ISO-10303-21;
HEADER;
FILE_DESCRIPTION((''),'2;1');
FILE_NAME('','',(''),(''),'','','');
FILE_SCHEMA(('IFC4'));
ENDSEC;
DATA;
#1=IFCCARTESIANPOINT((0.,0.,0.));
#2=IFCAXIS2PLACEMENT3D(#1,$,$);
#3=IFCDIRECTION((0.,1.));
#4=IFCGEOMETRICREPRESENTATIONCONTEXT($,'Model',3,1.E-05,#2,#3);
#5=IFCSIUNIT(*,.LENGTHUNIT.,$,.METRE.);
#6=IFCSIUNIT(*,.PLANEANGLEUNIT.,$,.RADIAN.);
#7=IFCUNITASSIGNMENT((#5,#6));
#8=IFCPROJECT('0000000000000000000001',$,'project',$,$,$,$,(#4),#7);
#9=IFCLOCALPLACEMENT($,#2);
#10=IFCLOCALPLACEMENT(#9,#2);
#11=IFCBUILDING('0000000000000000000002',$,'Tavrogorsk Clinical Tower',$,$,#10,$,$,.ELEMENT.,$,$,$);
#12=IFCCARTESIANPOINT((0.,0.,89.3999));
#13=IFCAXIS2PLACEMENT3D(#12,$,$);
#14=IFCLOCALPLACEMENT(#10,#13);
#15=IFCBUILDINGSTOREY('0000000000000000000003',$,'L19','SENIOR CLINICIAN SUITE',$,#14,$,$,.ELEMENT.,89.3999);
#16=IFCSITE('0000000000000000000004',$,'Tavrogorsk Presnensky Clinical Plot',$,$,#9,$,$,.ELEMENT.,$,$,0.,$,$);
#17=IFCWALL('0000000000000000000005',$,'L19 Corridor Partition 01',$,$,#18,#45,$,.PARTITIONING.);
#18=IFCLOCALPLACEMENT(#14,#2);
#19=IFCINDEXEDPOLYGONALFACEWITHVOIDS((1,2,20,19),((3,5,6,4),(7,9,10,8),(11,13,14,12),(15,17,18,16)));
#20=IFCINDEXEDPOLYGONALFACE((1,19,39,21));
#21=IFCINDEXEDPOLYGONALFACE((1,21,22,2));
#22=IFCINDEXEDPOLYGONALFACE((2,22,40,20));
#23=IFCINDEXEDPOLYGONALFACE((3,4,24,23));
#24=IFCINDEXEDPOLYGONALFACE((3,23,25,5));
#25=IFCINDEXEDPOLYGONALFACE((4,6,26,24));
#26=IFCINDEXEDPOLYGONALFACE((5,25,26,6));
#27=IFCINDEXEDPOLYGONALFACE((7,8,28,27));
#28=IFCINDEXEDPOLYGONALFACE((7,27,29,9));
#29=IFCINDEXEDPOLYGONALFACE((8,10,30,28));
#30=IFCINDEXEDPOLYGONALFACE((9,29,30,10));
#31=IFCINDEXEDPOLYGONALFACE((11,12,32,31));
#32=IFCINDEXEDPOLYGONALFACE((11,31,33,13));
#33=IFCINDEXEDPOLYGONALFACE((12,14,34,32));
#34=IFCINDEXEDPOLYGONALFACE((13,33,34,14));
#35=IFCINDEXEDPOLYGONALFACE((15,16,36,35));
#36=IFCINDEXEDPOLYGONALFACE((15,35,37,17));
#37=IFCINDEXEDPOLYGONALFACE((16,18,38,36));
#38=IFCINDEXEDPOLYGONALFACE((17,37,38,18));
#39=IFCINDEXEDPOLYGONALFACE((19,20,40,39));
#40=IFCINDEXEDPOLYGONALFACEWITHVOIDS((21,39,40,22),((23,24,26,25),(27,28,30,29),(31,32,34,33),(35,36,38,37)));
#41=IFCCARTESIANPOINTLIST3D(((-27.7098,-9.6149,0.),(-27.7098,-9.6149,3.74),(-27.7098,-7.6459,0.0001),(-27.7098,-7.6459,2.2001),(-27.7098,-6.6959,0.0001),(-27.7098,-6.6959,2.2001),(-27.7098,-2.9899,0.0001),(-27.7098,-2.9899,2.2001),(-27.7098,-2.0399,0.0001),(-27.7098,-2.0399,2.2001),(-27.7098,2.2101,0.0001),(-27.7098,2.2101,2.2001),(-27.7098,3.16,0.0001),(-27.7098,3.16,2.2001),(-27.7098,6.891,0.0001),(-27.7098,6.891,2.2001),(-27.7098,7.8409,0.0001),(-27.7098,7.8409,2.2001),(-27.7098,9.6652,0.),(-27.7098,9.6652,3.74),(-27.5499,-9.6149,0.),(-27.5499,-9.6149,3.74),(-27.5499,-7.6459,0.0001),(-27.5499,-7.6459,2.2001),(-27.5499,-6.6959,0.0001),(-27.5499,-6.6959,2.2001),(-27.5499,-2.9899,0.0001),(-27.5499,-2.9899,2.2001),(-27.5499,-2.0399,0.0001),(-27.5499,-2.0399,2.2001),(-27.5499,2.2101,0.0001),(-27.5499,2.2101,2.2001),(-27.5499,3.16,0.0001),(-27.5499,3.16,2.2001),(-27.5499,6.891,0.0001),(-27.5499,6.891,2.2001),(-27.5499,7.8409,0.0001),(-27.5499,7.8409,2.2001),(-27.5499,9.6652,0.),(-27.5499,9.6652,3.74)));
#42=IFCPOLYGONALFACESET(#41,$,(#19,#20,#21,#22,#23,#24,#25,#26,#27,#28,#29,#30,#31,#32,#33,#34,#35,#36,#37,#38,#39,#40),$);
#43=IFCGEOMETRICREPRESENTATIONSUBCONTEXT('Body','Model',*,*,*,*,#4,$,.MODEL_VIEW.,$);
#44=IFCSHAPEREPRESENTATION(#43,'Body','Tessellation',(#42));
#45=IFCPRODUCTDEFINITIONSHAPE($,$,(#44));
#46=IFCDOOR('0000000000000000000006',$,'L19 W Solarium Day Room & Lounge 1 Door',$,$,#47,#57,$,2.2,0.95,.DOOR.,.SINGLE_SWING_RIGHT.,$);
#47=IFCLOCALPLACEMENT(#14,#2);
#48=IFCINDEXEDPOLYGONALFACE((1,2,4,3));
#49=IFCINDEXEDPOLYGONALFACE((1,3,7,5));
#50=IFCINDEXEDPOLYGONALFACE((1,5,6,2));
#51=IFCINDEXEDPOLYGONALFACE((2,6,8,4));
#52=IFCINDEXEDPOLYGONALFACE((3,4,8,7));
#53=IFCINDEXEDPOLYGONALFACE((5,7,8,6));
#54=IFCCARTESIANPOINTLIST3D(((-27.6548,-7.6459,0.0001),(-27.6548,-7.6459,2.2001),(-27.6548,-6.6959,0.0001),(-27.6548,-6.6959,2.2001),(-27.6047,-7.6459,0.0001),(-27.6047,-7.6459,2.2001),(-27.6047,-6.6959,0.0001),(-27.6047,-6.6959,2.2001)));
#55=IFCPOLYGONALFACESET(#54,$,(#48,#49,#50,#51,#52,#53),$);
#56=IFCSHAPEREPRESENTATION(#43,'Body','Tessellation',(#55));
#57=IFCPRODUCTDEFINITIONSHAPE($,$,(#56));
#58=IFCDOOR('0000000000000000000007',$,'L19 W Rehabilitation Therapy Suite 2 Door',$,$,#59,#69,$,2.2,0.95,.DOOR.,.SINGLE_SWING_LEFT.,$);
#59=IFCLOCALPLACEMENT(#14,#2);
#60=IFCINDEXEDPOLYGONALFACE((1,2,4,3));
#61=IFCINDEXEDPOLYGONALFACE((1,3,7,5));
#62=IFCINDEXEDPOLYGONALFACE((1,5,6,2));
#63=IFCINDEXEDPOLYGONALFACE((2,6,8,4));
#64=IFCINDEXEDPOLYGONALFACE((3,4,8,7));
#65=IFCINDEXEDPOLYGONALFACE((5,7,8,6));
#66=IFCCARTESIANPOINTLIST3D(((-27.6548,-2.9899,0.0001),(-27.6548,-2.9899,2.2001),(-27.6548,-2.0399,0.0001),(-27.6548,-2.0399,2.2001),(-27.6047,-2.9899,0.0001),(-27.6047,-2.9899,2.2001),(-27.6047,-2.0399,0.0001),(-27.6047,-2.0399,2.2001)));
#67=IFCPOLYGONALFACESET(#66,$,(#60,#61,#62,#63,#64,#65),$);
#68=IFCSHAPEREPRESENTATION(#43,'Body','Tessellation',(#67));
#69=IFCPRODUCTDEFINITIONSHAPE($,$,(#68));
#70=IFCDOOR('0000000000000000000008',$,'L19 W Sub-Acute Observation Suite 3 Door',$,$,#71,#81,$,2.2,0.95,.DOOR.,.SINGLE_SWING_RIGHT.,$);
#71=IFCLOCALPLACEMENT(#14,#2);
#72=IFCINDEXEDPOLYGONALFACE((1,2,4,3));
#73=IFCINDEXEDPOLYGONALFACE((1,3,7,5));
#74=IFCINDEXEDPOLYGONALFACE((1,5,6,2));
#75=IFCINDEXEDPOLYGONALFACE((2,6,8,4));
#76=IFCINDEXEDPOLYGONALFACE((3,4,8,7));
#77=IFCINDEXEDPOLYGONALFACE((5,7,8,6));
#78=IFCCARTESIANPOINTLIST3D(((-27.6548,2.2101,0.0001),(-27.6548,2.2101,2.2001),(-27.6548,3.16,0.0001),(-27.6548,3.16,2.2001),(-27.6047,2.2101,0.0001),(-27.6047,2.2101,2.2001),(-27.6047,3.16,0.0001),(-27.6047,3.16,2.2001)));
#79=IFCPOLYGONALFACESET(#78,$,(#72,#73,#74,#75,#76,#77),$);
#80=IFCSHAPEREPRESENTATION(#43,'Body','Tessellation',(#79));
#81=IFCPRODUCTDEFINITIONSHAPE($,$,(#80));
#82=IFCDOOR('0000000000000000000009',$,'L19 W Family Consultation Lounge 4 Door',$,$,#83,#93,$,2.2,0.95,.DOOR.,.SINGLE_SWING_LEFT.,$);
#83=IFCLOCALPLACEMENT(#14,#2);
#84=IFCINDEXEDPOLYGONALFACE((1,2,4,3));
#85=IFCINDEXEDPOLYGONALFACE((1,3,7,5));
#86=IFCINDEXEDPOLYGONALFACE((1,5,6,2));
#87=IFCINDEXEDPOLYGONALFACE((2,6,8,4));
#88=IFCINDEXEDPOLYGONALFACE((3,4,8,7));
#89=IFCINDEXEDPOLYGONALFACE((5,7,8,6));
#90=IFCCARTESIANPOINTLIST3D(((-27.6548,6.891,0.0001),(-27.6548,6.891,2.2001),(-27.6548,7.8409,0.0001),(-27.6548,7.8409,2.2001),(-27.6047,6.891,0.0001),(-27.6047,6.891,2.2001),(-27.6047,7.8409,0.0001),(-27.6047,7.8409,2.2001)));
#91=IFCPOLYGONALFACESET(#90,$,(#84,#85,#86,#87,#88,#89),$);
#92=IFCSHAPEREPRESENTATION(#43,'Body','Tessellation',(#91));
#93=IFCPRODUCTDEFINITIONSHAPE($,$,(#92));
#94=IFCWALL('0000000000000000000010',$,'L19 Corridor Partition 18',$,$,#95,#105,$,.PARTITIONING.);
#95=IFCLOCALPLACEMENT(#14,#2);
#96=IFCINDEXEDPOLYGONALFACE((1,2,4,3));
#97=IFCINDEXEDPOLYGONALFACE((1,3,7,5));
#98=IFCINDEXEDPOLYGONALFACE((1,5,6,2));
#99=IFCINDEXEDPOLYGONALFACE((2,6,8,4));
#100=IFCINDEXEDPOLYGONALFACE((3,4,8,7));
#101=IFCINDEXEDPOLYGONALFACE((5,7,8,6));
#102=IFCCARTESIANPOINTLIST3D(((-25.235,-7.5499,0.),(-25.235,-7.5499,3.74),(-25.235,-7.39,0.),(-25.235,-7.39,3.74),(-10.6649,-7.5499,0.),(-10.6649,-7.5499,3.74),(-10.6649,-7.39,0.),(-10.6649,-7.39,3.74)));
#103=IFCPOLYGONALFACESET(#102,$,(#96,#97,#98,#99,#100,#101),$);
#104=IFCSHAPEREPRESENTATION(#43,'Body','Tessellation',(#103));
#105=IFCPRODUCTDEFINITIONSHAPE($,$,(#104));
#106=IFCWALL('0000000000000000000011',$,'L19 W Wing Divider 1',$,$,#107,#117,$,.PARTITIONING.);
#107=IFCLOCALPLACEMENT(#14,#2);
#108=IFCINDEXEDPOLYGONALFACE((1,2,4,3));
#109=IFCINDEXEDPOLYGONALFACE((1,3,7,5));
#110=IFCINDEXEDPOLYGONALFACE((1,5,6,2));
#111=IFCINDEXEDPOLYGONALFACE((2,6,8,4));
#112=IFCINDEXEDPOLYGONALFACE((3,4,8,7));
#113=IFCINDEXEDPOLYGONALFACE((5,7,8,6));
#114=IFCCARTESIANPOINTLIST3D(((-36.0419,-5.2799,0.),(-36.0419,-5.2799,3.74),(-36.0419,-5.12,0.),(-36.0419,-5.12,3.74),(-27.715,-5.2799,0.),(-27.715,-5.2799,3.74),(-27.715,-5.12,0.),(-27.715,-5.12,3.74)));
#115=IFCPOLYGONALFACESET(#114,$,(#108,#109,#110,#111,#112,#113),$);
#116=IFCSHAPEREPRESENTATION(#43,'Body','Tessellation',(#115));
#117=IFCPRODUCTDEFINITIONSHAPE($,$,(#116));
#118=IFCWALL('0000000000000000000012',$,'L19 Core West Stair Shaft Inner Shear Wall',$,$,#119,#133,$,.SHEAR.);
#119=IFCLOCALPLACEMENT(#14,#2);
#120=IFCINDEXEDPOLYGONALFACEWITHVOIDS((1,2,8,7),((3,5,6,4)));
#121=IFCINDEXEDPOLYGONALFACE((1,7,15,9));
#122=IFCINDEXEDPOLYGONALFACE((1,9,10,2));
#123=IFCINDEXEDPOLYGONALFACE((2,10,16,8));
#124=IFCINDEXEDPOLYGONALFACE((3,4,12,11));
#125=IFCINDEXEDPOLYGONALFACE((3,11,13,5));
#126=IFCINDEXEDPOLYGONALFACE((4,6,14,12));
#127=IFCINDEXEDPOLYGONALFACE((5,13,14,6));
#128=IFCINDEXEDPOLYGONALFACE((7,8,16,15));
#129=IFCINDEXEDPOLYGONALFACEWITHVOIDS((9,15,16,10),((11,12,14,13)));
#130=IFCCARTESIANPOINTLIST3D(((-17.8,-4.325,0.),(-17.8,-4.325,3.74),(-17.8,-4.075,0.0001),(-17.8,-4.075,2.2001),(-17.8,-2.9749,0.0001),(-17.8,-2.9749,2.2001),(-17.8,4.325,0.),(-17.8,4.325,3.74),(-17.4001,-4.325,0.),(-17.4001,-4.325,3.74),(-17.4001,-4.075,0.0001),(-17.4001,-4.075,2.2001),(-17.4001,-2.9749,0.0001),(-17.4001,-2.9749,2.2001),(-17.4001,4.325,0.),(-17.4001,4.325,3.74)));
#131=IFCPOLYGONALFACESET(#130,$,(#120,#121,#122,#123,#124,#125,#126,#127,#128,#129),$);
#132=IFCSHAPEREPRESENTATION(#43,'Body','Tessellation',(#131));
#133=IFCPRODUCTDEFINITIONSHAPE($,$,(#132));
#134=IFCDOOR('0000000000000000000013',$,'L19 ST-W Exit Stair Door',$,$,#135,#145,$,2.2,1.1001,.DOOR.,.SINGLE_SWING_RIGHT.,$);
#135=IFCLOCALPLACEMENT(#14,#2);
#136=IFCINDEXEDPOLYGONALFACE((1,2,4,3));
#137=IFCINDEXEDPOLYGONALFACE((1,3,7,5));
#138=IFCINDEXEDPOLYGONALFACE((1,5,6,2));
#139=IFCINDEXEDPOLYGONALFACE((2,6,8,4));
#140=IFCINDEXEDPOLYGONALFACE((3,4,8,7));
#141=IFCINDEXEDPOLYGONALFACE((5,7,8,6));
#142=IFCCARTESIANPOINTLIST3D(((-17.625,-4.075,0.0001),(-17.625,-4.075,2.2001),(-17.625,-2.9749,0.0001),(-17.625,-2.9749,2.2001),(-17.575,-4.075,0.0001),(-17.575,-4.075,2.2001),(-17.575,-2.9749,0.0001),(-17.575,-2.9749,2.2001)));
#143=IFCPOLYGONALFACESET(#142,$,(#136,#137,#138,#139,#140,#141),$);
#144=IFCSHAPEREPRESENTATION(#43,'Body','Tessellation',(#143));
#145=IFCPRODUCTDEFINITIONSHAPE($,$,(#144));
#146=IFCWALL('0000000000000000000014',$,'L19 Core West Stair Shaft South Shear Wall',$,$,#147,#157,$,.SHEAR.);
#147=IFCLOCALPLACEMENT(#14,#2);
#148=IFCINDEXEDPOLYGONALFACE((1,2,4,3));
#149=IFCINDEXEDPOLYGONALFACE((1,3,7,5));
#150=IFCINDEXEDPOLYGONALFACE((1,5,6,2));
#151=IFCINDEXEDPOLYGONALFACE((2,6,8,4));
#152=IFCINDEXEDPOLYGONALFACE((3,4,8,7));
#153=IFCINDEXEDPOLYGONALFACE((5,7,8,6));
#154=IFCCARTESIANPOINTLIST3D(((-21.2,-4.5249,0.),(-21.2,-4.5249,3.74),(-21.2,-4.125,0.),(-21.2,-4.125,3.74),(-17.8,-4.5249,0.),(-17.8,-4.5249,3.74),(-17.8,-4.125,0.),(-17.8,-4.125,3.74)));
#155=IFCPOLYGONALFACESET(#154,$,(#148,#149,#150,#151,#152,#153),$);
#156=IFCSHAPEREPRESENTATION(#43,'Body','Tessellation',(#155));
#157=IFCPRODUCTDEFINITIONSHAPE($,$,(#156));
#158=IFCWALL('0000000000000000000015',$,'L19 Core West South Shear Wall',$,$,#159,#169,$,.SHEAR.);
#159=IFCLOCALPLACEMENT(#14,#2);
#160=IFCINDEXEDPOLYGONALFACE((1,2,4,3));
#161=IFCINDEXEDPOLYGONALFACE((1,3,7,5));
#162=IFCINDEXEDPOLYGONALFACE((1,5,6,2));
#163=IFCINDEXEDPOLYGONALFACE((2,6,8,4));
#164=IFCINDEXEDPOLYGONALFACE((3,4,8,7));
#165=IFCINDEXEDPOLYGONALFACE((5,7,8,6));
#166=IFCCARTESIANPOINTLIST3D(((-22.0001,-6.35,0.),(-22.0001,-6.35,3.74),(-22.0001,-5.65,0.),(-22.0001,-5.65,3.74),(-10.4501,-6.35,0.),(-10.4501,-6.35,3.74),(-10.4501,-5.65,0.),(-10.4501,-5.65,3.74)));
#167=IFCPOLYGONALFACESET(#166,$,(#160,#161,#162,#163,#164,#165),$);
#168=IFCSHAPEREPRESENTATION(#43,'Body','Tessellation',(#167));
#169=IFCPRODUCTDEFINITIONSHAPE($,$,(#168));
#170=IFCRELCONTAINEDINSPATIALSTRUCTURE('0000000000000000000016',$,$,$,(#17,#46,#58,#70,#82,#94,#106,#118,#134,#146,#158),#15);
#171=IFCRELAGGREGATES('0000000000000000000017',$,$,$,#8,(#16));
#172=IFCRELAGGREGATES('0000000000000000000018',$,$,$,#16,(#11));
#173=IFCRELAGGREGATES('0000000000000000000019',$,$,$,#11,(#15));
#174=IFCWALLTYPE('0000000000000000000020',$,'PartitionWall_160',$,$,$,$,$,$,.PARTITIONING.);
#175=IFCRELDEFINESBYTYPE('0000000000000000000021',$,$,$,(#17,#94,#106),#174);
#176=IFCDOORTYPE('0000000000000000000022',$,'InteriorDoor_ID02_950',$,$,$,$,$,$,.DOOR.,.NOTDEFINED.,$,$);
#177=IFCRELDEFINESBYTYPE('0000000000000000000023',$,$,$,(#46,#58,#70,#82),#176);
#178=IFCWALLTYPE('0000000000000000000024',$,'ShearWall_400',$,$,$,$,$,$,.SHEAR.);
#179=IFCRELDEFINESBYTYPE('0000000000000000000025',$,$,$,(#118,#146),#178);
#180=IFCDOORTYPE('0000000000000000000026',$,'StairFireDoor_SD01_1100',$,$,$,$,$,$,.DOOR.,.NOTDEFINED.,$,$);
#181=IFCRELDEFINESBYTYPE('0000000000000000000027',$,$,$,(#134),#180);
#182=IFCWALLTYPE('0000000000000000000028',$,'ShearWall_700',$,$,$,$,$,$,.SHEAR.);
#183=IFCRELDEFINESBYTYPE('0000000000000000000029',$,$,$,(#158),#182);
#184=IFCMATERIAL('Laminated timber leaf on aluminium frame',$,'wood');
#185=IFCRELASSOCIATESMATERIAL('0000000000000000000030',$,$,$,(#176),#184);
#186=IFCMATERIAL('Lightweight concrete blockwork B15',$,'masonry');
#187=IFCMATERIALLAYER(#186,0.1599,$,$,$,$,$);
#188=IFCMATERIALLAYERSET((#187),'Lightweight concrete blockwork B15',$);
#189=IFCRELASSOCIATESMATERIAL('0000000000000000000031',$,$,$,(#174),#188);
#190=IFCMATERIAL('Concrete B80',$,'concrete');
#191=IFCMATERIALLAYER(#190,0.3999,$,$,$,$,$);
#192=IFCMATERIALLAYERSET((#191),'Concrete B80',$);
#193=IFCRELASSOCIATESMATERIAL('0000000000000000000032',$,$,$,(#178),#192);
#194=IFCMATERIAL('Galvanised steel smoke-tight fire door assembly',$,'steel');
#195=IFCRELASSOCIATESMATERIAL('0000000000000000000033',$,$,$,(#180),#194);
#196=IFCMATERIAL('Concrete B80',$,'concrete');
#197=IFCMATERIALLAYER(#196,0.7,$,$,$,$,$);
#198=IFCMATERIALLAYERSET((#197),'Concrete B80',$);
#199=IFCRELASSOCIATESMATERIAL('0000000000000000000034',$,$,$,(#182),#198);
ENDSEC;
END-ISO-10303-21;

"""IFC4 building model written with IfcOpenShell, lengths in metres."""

from ifc_helpers import new_model, si_unit, direction, frame, frame_2d, origin, place, context, subcontext, project, spatial, rectangle, extrude, material, layer, layer_set, type_object, element, fill, save


model = new_model("IFC4")

# Units and contexts
model_context = context("Model", 3, precision=1e-05, world=origin(), true_north=direction((0.0, 1.0)))
body_context = subcontext(model_context, "Body", "Model", "MODEL_VIEW")
ifc_project = project(units=[si_unit("LENGTHUNIT", "METRE"), si_unit("PLANEANGLEUNIT", "RADIAN")], contexts=[model_context])

# Site, building, storey
site_placement = place(None, origin())
site = spatial("IfcSite", under=ifc_project, at=site_placement, Name="Tavrogorsk Presnensky Clinical Plot", CompositionType="ELEMENT", RefElevation=0.0)
building_placement = place(site_placement, origin())
building = spatial("IfcBuilding", under=site, at=building_placement, Name="Tavrogorsk Clinical Tower", CompositionType="ELEMENT")
storey_placement = place(building_placement, frame((0.0, 0.0, 89.3999)))
storey = spatial("IfcBuildingStorey", under=building, at=storey_placement, Name="L19", Description="SENIOR CLINICIAN SUITE", CompositionType="ELEMENT", Elevation=89.3999)

# Shared definitions
ifc_material_1 = material(Name="Laminated timber leaf on aluminium frame", Category="wood")
door_type_1 = type_object("IfcDoorType", Name="InteriorDoor_ID02_950", OperationType="NOTDEFINED", PredefinedType="DOOR", material=ifc_material_1)

# Wall, openings, doors
ifc_material_2 = material(Name="Lightweight concrete blockwork B15", Category="masonry")
ifc_layer_1 = layer(ifc_material_2, 0.1599)
ifc_layer_set_1 = layer_set([ifc_layer_1], Name="Lightweight concrete blockwork B15")
wall_type_1 = type_object("IfcWallType", Name="PartitionWall_160", PredefinedType="PARTITIONING", material=ifc_layer_set_1)
wall_1_placement = place(storey_placement, frame((-27.6299, -9.615, 0.0), z_axis=(0.0, 0.0, 1.0), x_axis=(0.0, 1.0, 0.0)))
wall_1 = element("IfcWall", 1, at=wall_1_placement, inside=storey, type_object=wall_type_1, Name="L19 Corridor Partition 01", PredefinedType="PARTITIONING", context=body_context, shape_type="SweptSolid", body=[
    extrude(rectangle(XDim=19.28, YDim=0.1599, at=frame_2d((9.6401, 0.0))), origin(), (0.0, 0.0, 1.0), 3.74),
])
opening_1_placement = place(wall_1_placement, frame((1.969, 0.0, 0.0)))
opening_1 = element("IfcOpeningElement", 2, at=opening_1_placement, cuts=wall_1, PredefinedType="OPENING", context=body_context, shape_type="SweptSolid", body=[
    extrude(rectangle(XDim=0.95, YDim=2.2, at=frame_2d((0.4751, 1.1001))), frame((0.0, 0.0898, 0.0), z_axis=(0.0, -1.0, 0.0), x_axis=(1.0, 0.0, 0.0)), (0.0, 0.0, 1.0), 0.1799),
])
opening_2_placement = place(wall_1_placement, frame((6.625, 0.0, 0.0)))
opening_2 = element("IfcOpeningElement", 3, at=opening_2_placement, cuts=wall_1, PredefinedType="OPENING", context=body_context, shape_type="SweptSolid", body=[
    extrude(rectangle(XDim=0.95, YDim=2.2, at=frame_2d((0.4751, 1.1001))), frame((0.0, 0.0898, 0.0), z_axis=(0.0, -1.0, 0.0), x_axis=(1.0, 0.0, 0.0)), (0.0, 0.0, 1.0), 0.1799),
])
opening_3_placement = place(wall_1_placement, frame((11.825, 0.0, 0.0)))
opening_3 = element("IfcOpeningElement", 4, at=opening_3_placement, cuts=wall_1, PredefinedType="OPENING", context=body_context, shape_type="SweptSolid", body=[
    extrude(rectangle(XDim=0.95, YDim=2.2, at=frame_2d((0.4751, 1.1001))), frame((0.0, 0.0898, 0.0), z_axis=(0.0, -1.0, 0.0), x_axis=(1.0, 0.0, 0.0)), (0.0, 0.0, 1.0), 0.1799),
])
opening_4_placement = place(wall_1_placement, frame((16.5059, 0.0, 0.0)))
opening_4 = element("IfcOpeningElement", 5, at=opening_4_placement, cuts=wall_1, PredefinedType="OPENING", context=body_context, shape_type="SweptSolid", body=[
    extrude(rectangle(XDim=0.95, YDim=2.2, at=frame_2d((0.4751, 1.1001))), frame((0.0, 0.0898, 0.0), z_axis=(0.0, -1.0, 0.0), x_axis=(1.0, 0.0, 0.0)), (0.0, 0.0, 1.0), 0.1799),
])
door_1_placement = place(opening_1_placement, origin())
door_1 = element("IfcDoor", 6, at=door_1_placement, inside=storey, type_object=door_type_1, Name="L19 W Solarium Day Room & Lounge 1 Door", OperationType="SINGLE_SWING_RIGHT", OverallHeight=2.2, OverallWidth=0.95, PredefinedType="DOOR", context=body_context, shape_type="SweptSolid", body=[
    extrude(rectangle(XDim=0.95, YDim=2.2, at=frame_2d((0.4751, 1.1001))), frame((0.0, 0.0249, 0.0), z_axis=(0.0, -1.0, 0.0), x_axis=(1.0, 0.0, 0.0)), (0.0, 0.0, 1.0), 0.05),
])
fill(opening_1, door_1)
door_2_placement = place(opening_2_placement, origin())
door_2 = element("IfcDoor", 7, at=door_2_placement, inside=storey, type_object=door_type_1, Name="L19 W Rehabilitation Therapy Suite 2 Door", OperationType="SINGLE_SWING_LEFT", OverallHeight=2.2, OverallWidth=0.95, PredefinedType="DOOR", context=body_context, shape_type="SweptSolid", body=[
    extrude(rectangle(XDim=0.95, YDim=2.2, at=frame_2d((0.4751, 1.1001))), frame((0.0, 0.0249, 0.0), z_axis=(0.0, -1.0, 0.0), x_axis=(1.0, 0.0, 0.0)), (0.0, 0.0, 1.0), 0.05),
])
fill(opening_2, door_2)
door_3_placement = place(opening_3_placement, origin())
door_3 = element("IfcDoor", 8, at=door_3_placement, inside=storey, type_object=door_type_1, Name="L19 W Sub-Acute Observation Suite 3 Door", OperationType="SINGLE_SWING_RIGHT", OverallHeight=2.2, OverallWidth=0.95, PredefinedType="DOOR", context=body_context, shape_type="SweptSolid", body=[
    extrude(rectangle(XDim=0.95, YDim=2.2, at=frame_2d((0.4751, 1.1001))), frame((0.0, 0.0249, 0.0), z_axis=(0.0, -1.0, 0.0), x_axis=(1.0, 0.0, 0.0)), (0.0, 0.0, 1.0), 0.05),
])
fill(opening_3, door_3)
door_4_placement = place(opening_4_placement, origin())
door_4 = element("IfcDoor", 9, at=door_4_placement, inside=storey, type_object=door_type_1, Name="L19 W Family Consultation Lounge 4 Door", OperationType="SINGLE_SWING_LEFT", OverallHeight=2.2, OverallWidth=0.95, PredefinedType="DOOR", context=body_context, shape_type="SweptSolid", body=[
    extrude(rectangle(XDim=0.95, YDim=2.2, at=frame_2d((0.4751, 1.1001))), frame((0.0, 0.0249, 0.0), z_axis=(0.0, -1.0, 0.0), x_axis=(1.0, 0.0, 0.0)), (0.0, 0.0, 1.0), 0.05),
])
fill(opening_4, door_4)

# Walls
wall_2_placement = place(storey_placement, frame((-25.2351, -7.47, 0.0), z_axis=(0.0, 0.0, 1.0), x_axis=(1.0, 0.0, 0.0)))
element("IfcWall", 10, at=wall_2_placement, inside=storey, type_object=wall_type_1, Name="L19 Corridor Partition 18", PredefinedType="PARTITIONING", context=body_context, shape_type="SweptSolid", body=[
    extrude(rectangle(XDim=14.5701, YDim=0.1599, at=frame_2d((7.2852, 0.0))), origin(), (0.0, 0.0, 1.0), 3.74),
])
wall_3_placement = place(storey_placement, frame((-36.042, -5.2, 0.0), z_axis=(0.0, 0.0, 1.0), x_axis=(1.0, 0.0, 0.0)))
element("IfcWall", 11, at=wall_3_placement, inside=storey, type_object=wall_type_1, Name="L19 W Wing Divider 1", PredefinedType="PARTITIONING", context=body_context, shape_type="SweptSolid", body=[
    extrude(rectangle(XDim=8.3269, YDim=0.1599, at=frame_2d((4.1636, 0.0))), origin(), (0.0, 0.0, 1.0), 3.74),
])

# Wall, opening, door
ifc_material_3 = material(Name="Concrete B80", Category="concrete")
ifc_layer_2 = layer(ifc_material_3, 0.3999)
ifc_layer_set_2 = layer_set([ifc_layer_2], Name="Concrete B80")
wall_type_2 = type_object("IfcWallType", Name="ShearWall_400", PredefinedType="SHEAR", material=ifc_layer_set_2)
wall_4_placement = place(storey_placement, frame((-17.6001, -4.325, 0.0), z_axis=(0.0, 0.0, 1.0), x_axis=(0.0, 1.0, 0.0)))
wall_4 = element("IfcWall", 12, at=wall_4_placement, inside=storey, type_object=wall_type_2, Name="L19 Core West Stair Shaft Inner Shear Wall", PredefinedType="SHEAR", context=body_context, shape_type="SweptSolid", body=[
    extrude(rectangle(XDim=8.6499, YDim=0.3999, at=frame_2d((4.325, 0.0))), origin(), (0.0, 0.0, 1.0), 3.74),
])
opening_5_placement = place(wall_4_placement, frame((0.25, 0.0, 0.0)))
opening_5 = element("IfcOpeningElement", 13, at=opening_5_placement, cuts=wall_4, PredefinedType="OPENING", context=body_context, shape_type="SweptSolid", body=[
    extrude(rectangle(XDim=1.1001, YDim=2.2, at=frame_2d((0.55, 1.1001))), frame((0.0, 0.21, 0.0), z_axis=(0.0, -1.0, 0.0), x_axis=(1.0, 0.0, 0.0)), (0.0, 0.0, 1.0), 0.4199),
])
ifc_material_4 = material(Name="Galvanised steel smoke-tight fire door assembly", Category="steel")
door_type_2 = type_object("IfcDoorType", Name="StairFireDoor_SD01_1100", OperationType="NOTDEFINED", PredefinedType="DOOR", material=ifc_material_4)
door_5_placement = place(opening_5_placement, origin())
door_5 = element("IfcDoor", 14, at=door_5_placement, inside=storey, type_object=door_type_2, Name="L19 ST-W Exit Stair Door", OperationType="SINGLE_SWING_RIGHT", OverallHeight=2.2, OverallWidth=1.1001, PredefinedType="DOOR", context=body_context, shape_type="SweptSolid", body=[
    extrude(rectangle(XDim=1.1001, YDim=2.2, at=frame_2d((0.55, 1.1001))), frame((0.0, 0.0249, 0.0), z_axis=(0.0, -1.0, 0.0), x_axis=(1.0, 0.0, 0.0)), (0.0, 0.0, 1.0), 0.05),
])
fill(opening_5, door_5)

# Walls
wall_5_placement = place(storey_placement, frame((-21.2, -4.325, 0.0), z_axis=(0.0, 0.0, 1.0), x_axis=(1.0, 0.0, 0.0)))
element("IfcWall", 15, at=wall_5_placement, inside=storey, type_object=wall_type_2, Name="L19 Core West Stair Shaft South Shear Wall", PredefinedType="SHEAR", context=body_context, shape_type="SweptSolid", body=[
    extrude(rectangle(XDim=3.3999, YDim=0.3999, at=frame_2d((1.7, 0.0))), origin(), (0.0, 0.0, 1.0), 3.74),
])
ifc_material_5 = material(Name="Concrete B80", Category="concrete")
ifc_layer_3 = layer(ifc_material_5, 0.7)
ifc_layer_set_3 = layer_set([ifc_layer_3], Name="Concrete B80")
wall_type_3 = type_object("IfcWallType", Name="ShearWall_700", PredefinedType="SHEAR", material=ifc_layer_set_3)
wall_6_placement = place(storey_placement, frame((-22.0, -6.0, 0.0), z_axis=(0.0, 0.0, 1.0), x_axis=(1.0, 0.0, 0.0)))
element("IfcWall", 16, at=wall_6_placement, inside=storey, type_object=wall_type_3, Name="L19 Core West South Shear Wall", PredefinedType="SHEAR", context=body_context, shape_type="SweptSolid", body=[
    extrude(rectangle(XDim=11.55, YDim=0.7, at=frame_2d((5.7749, 0.0))), origin(), (0.0, 0.0, 1.0), 3.74),
])

save(model, "model.ifc")
